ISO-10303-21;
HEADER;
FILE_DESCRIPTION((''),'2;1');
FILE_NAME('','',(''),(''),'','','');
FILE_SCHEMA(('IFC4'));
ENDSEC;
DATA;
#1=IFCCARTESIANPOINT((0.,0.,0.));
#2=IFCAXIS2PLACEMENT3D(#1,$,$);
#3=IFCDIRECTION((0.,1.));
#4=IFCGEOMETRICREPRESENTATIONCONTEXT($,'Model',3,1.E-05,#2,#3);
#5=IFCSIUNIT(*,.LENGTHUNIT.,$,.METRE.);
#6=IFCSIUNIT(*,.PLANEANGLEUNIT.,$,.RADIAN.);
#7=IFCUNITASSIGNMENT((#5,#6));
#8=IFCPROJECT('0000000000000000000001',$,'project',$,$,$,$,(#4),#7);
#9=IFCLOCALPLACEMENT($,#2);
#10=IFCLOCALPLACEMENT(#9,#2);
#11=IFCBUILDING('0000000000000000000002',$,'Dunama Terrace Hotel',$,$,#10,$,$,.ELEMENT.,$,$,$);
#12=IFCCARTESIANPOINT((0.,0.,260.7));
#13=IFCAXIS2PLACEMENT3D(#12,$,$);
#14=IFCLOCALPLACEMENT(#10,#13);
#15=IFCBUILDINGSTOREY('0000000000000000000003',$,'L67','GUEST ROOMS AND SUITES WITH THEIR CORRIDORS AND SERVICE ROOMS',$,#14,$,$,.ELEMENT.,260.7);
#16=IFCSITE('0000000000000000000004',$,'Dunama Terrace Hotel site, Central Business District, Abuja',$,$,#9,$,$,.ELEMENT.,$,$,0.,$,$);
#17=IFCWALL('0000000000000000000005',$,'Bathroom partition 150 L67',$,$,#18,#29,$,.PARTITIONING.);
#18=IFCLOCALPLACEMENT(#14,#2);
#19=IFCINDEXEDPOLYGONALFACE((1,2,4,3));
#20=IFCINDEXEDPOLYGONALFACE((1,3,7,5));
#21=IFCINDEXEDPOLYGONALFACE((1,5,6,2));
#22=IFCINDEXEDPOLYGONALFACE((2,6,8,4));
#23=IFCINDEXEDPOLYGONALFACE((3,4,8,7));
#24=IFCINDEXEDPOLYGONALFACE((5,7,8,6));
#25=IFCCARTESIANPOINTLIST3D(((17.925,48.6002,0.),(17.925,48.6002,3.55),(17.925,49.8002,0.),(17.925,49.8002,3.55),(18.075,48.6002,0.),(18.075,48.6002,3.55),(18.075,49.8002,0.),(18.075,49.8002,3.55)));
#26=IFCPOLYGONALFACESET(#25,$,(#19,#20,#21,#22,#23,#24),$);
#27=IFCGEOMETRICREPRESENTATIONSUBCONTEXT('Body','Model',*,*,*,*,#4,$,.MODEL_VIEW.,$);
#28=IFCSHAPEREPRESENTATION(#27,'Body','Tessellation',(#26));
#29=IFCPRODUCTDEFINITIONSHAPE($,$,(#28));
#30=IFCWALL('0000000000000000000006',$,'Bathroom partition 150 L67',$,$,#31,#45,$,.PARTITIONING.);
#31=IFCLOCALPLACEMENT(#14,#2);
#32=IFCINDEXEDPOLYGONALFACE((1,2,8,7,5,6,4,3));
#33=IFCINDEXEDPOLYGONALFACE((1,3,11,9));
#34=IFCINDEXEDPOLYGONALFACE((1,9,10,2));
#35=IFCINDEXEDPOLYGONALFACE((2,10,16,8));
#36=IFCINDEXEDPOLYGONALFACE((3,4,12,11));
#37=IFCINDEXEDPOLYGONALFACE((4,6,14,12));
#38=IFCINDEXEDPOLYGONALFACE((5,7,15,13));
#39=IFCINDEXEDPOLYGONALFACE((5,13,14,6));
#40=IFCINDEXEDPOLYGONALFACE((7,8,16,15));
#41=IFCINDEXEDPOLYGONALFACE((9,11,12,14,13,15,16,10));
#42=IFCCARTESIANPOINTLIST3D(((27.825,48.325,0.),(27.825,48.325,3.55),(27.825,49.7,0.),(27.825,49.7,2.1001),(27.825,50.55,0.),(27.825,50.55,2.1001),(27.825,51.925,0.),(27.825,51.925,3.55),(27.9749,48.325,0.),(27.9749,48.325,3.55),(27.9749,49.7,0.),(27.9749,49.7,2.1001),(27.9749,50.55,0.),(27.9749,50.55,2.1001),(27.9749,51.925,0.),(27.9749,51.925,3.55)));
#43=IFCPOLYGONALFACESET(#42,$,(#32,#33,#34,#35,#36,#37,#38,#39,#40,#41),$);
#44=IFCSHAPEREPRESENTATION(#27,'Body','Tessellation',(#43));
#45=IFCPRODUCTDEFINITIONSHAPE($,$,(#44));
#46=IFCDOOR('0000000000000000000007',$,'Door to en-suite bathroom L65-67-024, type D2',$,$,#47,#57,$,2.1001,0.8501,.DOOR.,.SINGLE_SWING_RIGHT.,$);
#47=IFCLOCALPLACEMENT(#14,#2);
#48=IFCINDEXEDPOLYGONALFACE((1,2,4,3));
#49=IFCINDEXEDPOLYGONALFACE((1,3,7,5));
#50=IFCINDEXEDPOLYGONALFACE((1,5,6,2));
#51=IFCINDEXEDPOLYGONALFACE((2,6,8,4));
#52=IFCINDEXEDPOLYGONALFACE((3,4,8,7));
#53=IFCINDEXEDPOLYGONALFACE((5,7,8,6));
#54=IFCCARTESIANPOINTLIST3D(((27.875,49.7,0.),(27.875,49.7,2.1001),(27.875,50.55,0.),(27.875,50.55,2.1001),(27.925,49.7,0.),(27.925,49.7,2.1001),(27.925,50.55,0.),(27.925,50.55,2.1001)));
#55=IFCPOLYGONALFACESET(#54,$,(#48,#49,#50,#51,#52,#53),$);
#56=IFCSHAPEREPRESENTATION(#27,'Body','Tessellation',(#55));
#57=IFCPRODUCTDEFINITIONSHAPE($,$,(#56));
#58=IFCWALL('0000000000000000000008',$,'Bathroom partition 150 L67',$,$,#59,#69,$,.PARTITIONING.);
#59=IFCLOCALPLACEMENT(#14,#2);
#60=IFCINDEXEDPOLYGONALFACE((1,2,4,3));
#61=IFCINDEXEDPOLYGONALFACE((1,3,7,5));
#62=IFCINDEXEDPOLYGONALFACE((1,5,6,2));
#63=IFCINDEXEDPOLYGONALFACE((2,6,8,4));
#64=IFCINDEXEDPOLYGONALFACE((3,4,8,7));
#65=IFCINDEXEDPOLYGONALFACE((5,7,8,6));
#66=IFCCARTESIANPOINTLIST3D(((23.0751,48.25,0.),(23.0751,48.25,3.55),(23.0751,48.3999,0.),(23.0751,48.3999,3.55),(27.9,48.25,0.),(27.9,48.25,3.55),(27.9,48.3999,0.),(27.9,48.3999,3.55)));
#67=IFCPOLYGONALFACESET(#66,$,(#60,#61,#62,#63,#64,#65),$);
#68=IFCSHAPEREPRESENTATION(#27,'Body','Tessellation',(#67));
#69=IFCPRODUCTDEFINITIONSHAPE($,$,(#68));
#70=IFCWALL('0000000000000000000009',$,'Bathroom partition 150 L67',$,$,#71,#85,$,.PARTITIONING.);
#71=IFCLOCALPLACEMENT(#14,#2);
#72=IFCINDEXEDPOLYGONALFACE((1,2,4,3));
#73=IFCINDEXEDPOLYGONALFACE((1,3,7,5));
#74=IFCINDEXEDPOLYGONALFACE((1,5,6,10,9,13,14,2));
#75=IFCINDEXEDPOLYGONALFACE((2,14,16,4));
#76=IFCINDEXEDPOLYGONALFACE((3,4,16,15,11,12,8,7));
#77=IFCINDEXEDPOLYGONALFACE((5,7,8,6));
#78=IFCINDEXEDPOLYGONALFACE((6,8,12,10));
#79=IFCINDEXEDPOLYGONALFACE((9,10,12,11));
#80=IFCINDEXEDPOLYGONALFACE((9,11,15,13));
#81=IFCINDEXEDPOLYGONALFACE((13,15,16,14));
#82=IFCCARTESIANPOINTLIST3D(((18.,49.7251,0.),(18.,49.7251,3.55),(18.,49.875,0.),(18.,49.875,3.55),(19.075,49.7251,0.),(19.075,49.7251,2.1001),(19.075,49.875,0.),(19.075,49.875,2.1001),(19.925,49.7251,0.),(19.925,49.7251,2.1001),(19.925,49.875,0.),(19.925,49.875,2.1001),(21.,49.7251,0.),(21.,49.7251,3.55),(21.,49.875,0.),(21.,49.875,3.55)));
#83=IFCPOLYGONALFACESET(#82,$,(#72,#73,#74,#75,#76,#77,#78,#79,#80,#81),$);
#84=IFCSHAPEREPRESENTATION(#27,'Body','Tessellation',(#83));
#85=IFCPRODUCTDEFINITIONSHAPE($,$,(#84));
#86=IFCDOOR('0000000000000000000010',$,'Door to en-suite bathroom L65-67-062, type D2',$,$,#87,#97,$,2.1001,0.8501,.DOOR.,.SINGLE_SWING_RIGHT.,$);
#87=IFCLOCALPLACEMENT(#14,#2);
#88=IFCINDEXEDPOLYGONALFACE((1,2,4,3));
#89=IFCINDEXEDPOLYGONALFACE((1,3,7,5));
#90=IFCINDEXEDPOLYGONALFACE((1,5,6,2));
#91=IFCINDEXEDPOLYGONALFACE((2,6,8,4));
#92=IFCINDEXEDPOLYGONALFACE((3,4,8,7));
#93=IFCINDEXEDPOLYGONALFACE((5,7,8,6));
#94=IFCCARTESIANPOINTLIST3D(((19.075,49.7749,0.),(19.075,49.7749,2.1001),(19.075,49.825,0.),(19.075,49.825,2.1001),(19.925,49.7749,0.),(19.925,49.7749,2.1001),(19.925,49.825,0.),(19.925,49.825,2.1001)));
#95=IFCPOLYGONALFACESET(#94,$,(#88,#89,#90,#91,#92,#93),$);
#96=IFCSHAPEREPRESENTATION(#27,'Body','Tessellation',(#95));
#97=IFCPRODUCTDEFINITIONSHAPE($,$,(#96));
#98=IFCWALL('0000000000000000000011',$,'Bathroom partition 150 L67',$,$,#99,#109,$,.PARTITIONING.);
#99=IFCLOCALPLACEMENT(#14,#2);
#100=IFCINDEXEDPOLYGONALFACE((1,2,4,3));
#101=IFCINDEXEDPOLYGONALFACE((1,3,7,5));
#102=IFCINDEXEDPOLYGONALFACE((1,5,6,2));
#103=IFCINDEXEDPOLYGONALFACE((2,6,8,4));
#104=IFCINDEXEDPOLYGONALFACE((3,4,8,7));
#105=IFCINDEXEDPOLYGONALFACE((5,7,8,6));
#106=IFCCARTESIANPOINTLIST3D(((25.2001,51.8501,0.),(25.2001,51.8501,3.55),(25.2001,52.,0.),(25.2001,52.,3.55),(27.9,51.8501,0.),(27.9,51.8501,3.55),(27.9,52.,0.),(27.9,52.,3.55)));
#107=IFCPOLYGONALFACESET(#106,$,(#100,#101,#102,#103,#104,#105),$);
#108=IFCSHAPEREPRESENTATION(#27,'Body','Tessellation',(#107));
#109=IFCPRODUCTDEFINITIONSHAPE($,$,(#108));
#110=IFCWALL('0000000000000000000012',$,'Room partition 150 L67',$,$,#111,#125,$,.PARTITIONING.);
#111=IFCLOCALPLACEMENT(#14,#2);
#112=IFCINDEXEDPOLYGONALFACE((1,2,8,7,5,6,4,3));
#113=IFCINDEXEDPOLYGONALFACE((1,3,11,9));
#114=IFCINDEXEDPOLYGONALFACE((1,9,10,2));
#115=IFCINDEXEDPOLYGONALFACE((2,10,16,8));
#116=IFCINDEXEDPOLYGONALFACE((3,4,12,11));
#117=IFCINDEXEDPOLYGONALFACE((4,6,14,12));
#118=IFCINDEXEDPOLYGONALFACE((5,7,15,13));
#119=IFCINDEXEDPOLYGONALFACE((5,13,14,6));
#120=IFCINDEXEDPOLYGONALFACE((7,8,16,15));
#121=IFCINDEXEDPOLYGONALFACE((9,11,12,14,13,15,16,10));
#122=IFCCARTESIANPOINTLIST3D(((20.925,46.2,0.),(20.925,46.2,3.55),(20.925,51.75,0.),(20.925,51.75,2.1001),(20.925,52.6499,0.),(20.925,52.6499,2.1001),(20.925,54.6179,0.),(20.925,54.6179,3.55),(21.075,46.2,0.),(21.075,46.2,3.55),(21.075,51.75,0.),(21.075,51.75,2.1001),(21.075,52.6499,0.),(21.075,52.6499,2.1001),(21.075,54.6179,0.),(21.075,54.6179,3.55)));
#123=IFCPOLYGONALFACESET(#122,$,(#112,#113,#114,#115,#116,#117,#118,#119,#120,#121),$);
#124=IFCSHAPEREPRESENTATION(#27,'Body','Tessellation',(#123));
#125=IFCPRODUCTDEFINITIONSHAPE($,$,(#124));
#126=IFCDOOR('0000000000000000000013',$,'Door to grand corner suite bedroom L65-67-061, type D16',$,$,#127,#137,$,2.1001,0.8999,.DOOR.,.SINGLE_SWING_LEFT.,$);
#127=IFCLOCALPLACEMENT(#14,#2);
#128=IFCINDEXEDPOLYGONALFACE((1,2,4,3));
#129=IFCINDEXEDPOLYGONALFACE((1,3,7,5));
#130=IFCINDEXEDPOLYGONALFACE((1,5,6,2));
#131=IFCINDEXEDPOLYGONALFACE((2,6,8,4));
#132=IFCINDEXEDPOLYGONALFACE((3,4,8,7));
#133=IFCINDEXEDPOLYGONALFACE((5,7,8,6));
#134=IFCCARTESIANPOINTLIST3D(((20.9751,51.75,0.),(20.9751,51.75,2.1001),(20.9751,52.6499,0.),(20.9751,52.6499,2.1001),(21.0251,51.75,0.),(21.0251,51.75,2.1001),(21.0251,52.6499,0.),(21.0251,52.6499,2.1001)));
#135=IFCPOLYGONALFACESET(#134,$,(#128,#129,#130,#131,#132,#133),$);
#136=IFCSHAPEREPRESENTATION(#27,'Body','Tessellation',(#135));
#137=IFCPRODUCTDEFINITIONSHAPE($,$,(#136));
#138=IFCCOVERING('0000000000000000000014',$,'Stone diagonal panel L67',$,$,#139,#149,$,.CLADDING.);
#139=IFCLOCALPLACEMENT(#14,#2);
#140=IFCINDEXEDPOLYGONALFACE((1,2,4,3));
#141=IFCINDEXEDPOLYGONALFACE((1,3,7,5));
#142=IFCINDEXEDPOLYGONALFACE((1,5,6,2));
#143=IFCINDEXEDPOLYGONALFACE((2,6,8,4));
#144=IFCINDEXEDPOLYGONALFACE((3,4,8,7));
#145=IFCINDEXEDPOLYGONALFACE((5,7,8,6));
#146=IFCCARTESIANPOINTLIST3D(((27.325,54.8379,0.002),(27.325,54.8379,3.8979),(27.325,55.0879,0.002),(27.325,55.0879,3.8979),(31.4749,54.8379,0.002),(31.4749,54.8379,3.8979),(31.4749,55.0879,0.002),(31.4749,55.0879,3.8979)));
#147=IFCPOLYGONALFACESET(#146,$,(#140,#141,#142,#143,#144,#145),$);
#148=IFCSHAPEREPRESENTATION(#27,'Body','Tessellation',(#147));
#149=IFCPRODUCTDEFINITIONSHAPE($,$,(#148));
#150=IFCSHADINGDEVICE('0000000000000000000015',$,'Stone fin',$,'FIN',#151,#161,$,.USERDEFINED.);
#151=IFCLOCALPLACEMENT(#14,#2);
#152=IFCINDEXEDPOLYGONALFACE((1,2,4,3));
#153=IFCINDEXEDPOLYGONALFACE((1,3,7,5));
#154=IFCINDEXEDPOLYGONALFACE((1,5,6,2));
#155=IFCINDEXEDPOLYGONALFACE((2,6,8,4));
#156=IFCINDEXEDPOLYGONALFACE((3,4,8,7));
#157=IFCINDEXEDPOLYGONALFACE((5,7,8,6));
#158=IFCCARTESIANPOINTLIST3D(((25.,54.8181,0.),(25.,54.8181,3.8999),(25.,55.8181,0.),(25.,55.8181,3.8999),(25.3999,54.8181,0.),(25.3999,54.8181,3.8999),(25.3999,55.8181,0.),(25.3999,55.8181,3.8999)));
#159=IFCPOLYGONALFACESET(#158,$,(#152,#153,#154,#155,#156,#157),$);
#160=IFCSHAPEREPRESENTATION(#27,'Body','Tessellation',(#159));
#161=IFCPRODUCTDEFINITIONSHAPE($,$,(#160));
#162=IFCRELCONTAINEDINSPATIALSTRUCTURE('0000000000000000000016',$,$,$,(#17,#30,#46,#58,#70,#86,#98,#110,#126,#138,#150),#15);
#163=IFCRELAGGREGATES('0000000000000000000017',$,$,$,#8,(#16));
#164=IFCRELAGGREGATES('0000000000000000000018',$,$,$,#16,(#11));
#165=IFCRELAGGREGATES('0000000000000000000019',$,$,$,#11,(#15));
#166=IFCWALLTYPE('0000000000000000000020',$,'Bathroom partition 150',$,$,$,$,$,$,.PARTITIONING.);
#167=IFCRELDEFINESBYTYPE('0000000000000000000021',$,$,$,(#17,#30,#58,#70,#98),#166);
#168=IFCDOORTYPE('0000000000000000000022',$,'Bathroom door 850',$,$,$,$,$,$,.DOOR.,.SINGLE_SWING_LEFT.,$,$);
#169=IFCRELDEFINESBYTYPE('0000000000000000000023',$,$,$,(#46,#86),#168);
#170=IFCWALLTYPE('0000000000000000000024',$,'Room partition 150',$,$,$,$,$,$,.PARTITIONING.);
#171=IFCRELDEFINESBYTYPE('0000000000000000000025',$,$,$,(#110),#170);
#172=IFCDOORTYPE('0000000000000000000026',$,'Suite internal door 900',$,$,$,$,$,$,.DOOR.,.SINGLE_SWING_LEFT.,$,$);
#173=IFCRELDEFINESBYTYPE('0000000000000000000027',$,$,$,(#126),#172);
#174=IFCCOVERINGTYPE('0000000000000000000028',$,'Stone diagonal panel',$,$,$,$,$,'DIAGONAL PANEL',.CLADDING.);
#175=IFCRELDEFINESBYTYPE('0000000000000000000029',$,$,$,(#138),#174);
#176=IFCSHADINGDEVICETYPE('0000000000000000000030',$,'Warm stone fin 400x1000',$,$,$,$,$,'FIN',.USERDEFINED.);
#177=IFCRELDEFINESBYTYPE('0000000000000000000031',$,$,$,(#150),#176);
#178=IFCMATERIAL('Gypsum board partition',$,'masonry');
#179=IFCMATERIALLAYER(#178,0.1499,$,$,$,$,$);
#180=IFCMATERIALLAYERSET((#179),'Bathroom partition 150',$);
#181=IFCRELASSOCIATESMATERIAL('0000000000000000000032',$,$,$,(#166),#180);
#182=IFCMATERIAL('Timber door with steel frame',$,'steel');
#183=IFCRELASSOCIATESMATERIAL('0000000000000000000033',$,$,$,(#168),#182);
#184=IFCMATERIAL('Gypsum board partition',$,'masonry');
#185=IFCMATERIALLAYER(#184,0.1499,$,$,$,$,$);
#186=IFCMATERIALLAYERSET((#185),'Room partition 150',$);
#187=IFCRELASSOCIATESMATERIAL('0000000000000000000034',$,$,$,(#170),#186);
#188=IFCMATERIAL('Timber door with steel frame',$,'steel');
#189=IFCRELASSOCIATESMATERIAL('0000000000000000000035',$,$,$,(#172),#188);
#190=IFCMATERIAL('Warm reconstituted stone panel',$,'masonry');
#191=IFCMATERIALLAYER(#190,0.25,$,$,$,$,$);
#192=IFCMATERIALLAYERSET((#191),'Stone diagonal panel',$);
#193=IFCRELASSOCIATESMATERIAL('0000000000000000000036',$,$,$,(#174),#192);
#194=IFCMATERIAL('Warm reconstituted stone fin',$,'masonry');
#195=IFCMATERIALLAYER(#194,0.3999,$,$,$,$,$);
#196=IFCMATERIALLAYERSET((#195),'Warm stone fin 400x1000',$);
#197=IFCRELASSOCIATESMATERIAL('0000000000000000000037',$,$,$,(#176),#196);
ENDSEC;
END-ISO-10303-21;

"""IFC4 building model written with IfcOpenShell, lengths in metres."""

from ifc_helpers import new_model, si_unit, direction, frame, frame_2d, origin, origin_2d, place, context, subcontext, project, spatial, rectangle, extrude, material, layer, layer_set, type_object, element, fill, save


model = new_model("IFC4")

# Units and contexts
model_context = context("Model", 3, precision=1e-05, world=origin(), true_north=direction((0.0, 1.0)))
body_context = subcontext(model_context, "Body", "Model", "MODEL_VIEW")
ifc_project = project(units=[si_unit("LENGTHUNIT", "METRE"), si_unit("PLANEANGLEUNIT", "RADIAN")], contexts=[model_context])

# Site, building, storey
site_placement = place(None, origin())
site = spatial("IfcSite", under=ifc_project, at=site_placement, Name="Dunama Terrace Hotel site, Central Business District, Abuja", CompositionType="ELEMENT", RefElevation=0.0)
building_placement = place(site_placement, origin())
building = spatial("IfcBuilding", under=site, at=building_placement, Name="Dunama Terrace Hotel", CompositionType="ELEMENT")
storey_placement = place(building_placement, frame((0.0, 0.0, 260.7)))
storey = spatial("IfcBuildingStorey", under=building, at=storey_placement, Name="L67", Description="GUEST ROOMS AND SUITES WITH THEIR CORRIDORS AND SERVICE ROOMS", CompositionType="ELEMENT", Elevation=260.7)

# Wall
ifc_material_1 = material(Name="Gypsum board partition", Category="masonry")
ifc_layer_1 = layer(ifc_material_1, 0.1499)
ifc_layer_set_1 = layer_set([ifc_layer_1], Name="Bathroom partition 150")
wall_type_1 = type_object("IfcWallType", Name="Bathroom partition 150", PredefinedType="PARTITIONING", material=ifc_layer_set_1)
wall_1_placement = place(storey_placement, frame((18.0, 48.6001, 0.0), z_axis=(0.0, 0.0, 1.0), x_axis=(0.0, 1.0, 0.0)))
element("IfcWall", 1, at=wall_1_placement, inside=storey, type_object=wall_type_1, Name="Bathroom partition 150 L67", PredefinedType="PARTITIONING", context=body_context, shape_type="SweptSolid", body=[
    extrude(rectangle(XDim=1.2, YDim=0.1499, at=frame_2d((0.6001, 0.0))), origin(), (0.0, 0.0, 1.0), 3.55),
])

# Wall, opening, door
wall_2_placement = place(storey_placement, frame((27.8999, 48.325, 0.0), z_axis=(0.0, 0.0, 1.0), x_axis=(0.0, 1.0, 0.0)))
wall_2 = element("IfcWall", 2, at=wall_2_placement, inside=storey, type_object=wall_type_1, Name="Bathroom partition 150 L67", PredefinedType="PARTITIONING", context=body_context, shape_type="SweptSolid", body=[
    extrude(rectangle(XDim=3.6001, YDim=0.1499, at=frame_2d((1.8, 0.0))), origin(), (0.0, 0.0, 1.0), 3.55),
])
opening_1_placement = place(wall_2_placement, frame((1.375, 0.0, 0.0)))
opening_1 = element("IfcOpeningElement", 3, at=opening_1_placement, cuts=wall_2, PredefinedType="OPENING", context=body_context, shape_type="SweptSolid", body=[
    extrude(rectangle(XDim=0.8501, YDim=2.1001, at=frame_2d((0.425, 1.05))), frame((0.0, 0.085, 0.0), z_axis=(0.0, -1.0, 0.0), x_axis=(1.0, 0.0, 0.0)), (0.0, 0.0, 1.0), 0.1699),
])
ifc_material_2 = material(Name="Timber door with steel frame", Category="steel")
door_type_1 = type_object("IfcDoorType", Name="Bathroom door 850", OperationType="SINGLE_SWING_LEFT", PredefinedType="DOOR", material=ifc_material_2)
door_1_placement = place(opening_1_placement, origin())
door_1 = element("IfcDoor", 4, at=door_1_placement, inside=storey, type_object=door_type_1, Name="Door to en-suite bathroom L65-67-024, type D2", OperationType="SINGLE_SWING_RIGHT", OverallHeight=2.1001, OverallWidth=0.8501, PredefinedType="DOOR", context=body_context, shape_type="SweptSolid", body=[
    extrude(rectangle(XDim=0.8501, YDim=2.1001, at=frame_2d((0.425, 1.05))), frame((0.0, 0.0249, 0.0), z_axis=(0.0, -1.0, 0.0), x_axis=(1.0, 0.0, 0.0)), (0.0, 0.0, 1.0), 0.05),
])
fill(opening_1, door_1)

# Wall
wall_3_placement = place(storey_placement, frame((23.075, 48.325, 0.0), z_axis=(0.0, 0.0, 1.0), x_axis=(1.0, 0.0, 0.0)))
element("IfcWall", 5, at=wall_3_placement, inside=storey, type_object=wall_type_1, Name="Bathroom partition 150 L67", PredefinedType="PARTITIONING", context=body_context, shape_type="SweptSolid", body=[
    extrude(rectangle(XDim=4.825, YDim=0.1499, at=frame_2d((2.4126, 0.0))), origin(), (0.0, 0.0, 1.0), 3.55),
])

# Wall, opening, door
wall_4_placement = place(storey_placement, frame((18.0, 49.8, 0.0), z_axis=(0.0, 0.0, 1.0), x_axis=(1.0, 0.0, 0.0)))
wall_4 = element("IfcWall", 6, at=wall_4_placement, inside=storey, type_object=wall_type_1, Name="Bathroom partition 150 L67", PredefinedType="PARTITIONING", context=body_context, shape_type="SweptSolid", body=[
    extrude(rectangle(XDim=3.0, YDim=0.1499, at=frame_2d((1.5, 0.0))), origin(), (0.0, 0.0, 1.0), 3.55),
])
opening_2_placement = place(wall_4_placement, frame((1.075, 0.0, 0.0)))
opening_2 = element("IfcOpeningElement", 7, at=opening_2_placement, cuts=wall_4, PredefinedType="OPENING", context=body_context, shape_type="SweptSolid", body=[
    extrude(rectangle(XDim=0.8501, YDim=2.1001, at=frame_2d((0.425, 1.05))), frame((0.0, 0.085, 0.0), z_axis=(0.0, -1.0, 0.0), x_axis=(1.0, 0.0, 0.0)), (0.0, 0.0, 1.0), 0.1699),
])
door_2_placement = place(opening_2_placement, frame((0.8501, 0.0, 0.0), z_axis=(0.0, 0.0, 1.0), x_axis=(-1.0, 0.0, 0.0)))
door_2 = element("IfcDoor", 8, at=door_2_placement, inside=storey, type_object=door_type_1, Name="Door to en-suite bathroom L65-67-062, type D2", OperationType="SINGLE_SWING_RIGHT", OverallHeight=2.1001, OverallWidth=0.8501, PredefinedType="DOOR", context=body_context, shape_type="SweptSolid", body=[
    extrude(rectangle(XDim=0.8501, YDim=2.1001, at=frame_2d((0.425, 1.05))), frame((0.0, 0.0251, 0.0), z_axis=(0.0, -1.0, 0.0), x_axis=(1.0, 0.0, 0.0)), (0.0, 0.0, 1.0), 0.05),
])
fill(opening_2, door_2)

# Wall
wall_5_placement = place(storey_placement, frame((25.2, 51.925, 0.0), z_axis=(0.0, 0.0, 1.0), x_axis=(1.0, 0.0, 0.0)))
element("IfcWall", 9, at=wall_5_placement, inside=storey, type_object=wall_type_1, Name="Bathroom partition 150 L67", PredefinedType="PARTITIONING", context=body_context, shape_type="SweptSolid", body=[
    extrude(rectangle(XDim=2.7, YDim=0.1499, at=frame_2d((1.3501, 0.0))), origin(), (0.0, 0.0, 1.0), 3.55),
])

# Wall, opening, door
ifc_material_3 = material(Name="Gypsum board partition", Category="masonry")
ifc_layer_2 = layer(ifc_material_3, 0.1499)
ifc_layer_set_2 = layer_set([ifc_layer_2], Name="Room partition 150")
wall_type_2 = type_object("IfcWallType", Name="Room partition 150", PredefinedType="PARTITIONING", material=ifc_layer_set_2)
wall_6_placement = place(storey_placement, frame((21.0, 46.2, 0.0), z_axis=(0.0, 0.0, 1.0), x_axis=(0.0, 1.0, 0.0)))
wall_6 = element("IfcWall", 10, at=wall_6_placement, inside=storey, type_object=wall_type_2, Name="Room partition 150 L67", PredefinedType="PARTITIONING", context=body_context, shape_type="SweptSolid", body=[
    extrude(rectangle(XDim=8.418, YDim=0.1499, at=frame_2d((4.209, 0.0))), origin(), (0.0, 0.0, 1.0), 3.55),
])
opening_3_placement = place(wall_6_placement, frame((5.55, 0.0, 0.0)))
opening_3 = element("IfcOpeningElement", 11, at=opening_3_placement, cuts=wall_6, PredefinedType="OPENING", context=body_context, shape_type="SweptSolid", body=[
    extrude(rectangle(XDim=0.8999, YDim=2.1001, at=frame_2d((0.45, 1.05))), frame((0.0, 0.085, 0.0), z_axis=(0.0, -1.0, 0.0), x_axis=(1.0, 0.0, 0.0)), (0.0, 0.0, 1.0), 0.1699),
])
ifc_material_4 = material(Name="Timber door with steel frame", Category="steel")
door_type_2 = type_object("IfcDoorType", Name="Suite internal door 900", OperationType="SINGLE_SWING_LEFT", PredefinedType="DOOR", material=ifc_material_4)
door_3_placement = place(opening_3_placement, origin())
door_3 = element("IfcDoor", 12, at=door_3_placement, inside=storey, type_object=door_type_2, Name="Door to grand corner suite bedroom L65-67-061, type D16", OperationType="SINGLE_SWING_LEFT", OverallHeight=2.1001, OverallWidth=0.8999, PredefinedType="DOOR", context=body_context, shape_type="SweptSolid", body=[
    extrude(rectangle(XDim=0.8999, YDim=2.1001, at=frame_2d((0.45, 1.05))), frame((0.0, 0.0249, 0.0), z_axis=(0.0, -1.0, 0.0), x_axis=(1.0, 0.0, 0.0)), (0.0, 0.0, 1.0), 0.05),
])
fill(opening_3, door_3)

# Covering
ifc_material_5 = material(Name="Warm reconstituted stone panel", Category="masonry")
ifc_layer_3 = layer(ifc_material_5, 0.25)
ifc_layer_set_3 = layer_set([ifc_layer_3], Name="Stone diagonal panel")
covering_type = type_object("IfcCoveringType", Name="Stone diagonal panel", ElementType="DIAGONAL PANEL", PredefinedType="CLADDING", material=ifc_layer_set_3)
covering_placement = place(storey_placement, frame((29.3999, 54.9629, 0.002), z_axis=(0.0, 0.0, 1.0), x_axis=(-1.0, 0.0, 0.0)))
element("IfcCovering", 13, at=covering_placement, inside=storey, type_object=covering_type, Name="Stone diagonal panel L67", PredefinedType="CLADDING", context=body_context, shape_type="SweptSolid", body=[
    extrude(rectangle(XDim=4.1499, YDim=0.25, at=origin_2d()), origin(), (0.0, 0.0, 1.0), 3.896),
])

# Shading device
ifc_material_6 = material(Name="Warm reconstituted stone fin", Category="masonry")
ifc_layer_4 = layer(ifc_material_6, 0.3999)
ifc_layer_set_4 = layer_set([ifc_layer_4], Name="Warm stone fin 400x1000")
shading_device_type = type_object("IfcShadingDeviceType", Name="Warm stone fin 400x1000", ElementType="FIN", PredefinedType="USERDEFINED", material=ifc_layer_set_4)
shading_device_placement = place(storey_placement, frame((25.2, 55.3181, 0.0), z_axis=(0.0, 0.0, 1.0), x_axis=(-1.0, 0.0, 0.0)))
element("IfcShadingDevice", 14, at=shading_device_placement, inside=storey, type_object=shading_device_type, Name="Stone fin", ObjectType="FIN", PredefinedType="USERDEFINED", context=body_context, shape_type="SweptSolid", body=[
    extrude(rectangle(XDim=0.3999, YDim=1.0, at=origin_2d()), origin(), (0.0, 0.0, 1.0), 3.8999),
])

save(model, "model.ifc")
